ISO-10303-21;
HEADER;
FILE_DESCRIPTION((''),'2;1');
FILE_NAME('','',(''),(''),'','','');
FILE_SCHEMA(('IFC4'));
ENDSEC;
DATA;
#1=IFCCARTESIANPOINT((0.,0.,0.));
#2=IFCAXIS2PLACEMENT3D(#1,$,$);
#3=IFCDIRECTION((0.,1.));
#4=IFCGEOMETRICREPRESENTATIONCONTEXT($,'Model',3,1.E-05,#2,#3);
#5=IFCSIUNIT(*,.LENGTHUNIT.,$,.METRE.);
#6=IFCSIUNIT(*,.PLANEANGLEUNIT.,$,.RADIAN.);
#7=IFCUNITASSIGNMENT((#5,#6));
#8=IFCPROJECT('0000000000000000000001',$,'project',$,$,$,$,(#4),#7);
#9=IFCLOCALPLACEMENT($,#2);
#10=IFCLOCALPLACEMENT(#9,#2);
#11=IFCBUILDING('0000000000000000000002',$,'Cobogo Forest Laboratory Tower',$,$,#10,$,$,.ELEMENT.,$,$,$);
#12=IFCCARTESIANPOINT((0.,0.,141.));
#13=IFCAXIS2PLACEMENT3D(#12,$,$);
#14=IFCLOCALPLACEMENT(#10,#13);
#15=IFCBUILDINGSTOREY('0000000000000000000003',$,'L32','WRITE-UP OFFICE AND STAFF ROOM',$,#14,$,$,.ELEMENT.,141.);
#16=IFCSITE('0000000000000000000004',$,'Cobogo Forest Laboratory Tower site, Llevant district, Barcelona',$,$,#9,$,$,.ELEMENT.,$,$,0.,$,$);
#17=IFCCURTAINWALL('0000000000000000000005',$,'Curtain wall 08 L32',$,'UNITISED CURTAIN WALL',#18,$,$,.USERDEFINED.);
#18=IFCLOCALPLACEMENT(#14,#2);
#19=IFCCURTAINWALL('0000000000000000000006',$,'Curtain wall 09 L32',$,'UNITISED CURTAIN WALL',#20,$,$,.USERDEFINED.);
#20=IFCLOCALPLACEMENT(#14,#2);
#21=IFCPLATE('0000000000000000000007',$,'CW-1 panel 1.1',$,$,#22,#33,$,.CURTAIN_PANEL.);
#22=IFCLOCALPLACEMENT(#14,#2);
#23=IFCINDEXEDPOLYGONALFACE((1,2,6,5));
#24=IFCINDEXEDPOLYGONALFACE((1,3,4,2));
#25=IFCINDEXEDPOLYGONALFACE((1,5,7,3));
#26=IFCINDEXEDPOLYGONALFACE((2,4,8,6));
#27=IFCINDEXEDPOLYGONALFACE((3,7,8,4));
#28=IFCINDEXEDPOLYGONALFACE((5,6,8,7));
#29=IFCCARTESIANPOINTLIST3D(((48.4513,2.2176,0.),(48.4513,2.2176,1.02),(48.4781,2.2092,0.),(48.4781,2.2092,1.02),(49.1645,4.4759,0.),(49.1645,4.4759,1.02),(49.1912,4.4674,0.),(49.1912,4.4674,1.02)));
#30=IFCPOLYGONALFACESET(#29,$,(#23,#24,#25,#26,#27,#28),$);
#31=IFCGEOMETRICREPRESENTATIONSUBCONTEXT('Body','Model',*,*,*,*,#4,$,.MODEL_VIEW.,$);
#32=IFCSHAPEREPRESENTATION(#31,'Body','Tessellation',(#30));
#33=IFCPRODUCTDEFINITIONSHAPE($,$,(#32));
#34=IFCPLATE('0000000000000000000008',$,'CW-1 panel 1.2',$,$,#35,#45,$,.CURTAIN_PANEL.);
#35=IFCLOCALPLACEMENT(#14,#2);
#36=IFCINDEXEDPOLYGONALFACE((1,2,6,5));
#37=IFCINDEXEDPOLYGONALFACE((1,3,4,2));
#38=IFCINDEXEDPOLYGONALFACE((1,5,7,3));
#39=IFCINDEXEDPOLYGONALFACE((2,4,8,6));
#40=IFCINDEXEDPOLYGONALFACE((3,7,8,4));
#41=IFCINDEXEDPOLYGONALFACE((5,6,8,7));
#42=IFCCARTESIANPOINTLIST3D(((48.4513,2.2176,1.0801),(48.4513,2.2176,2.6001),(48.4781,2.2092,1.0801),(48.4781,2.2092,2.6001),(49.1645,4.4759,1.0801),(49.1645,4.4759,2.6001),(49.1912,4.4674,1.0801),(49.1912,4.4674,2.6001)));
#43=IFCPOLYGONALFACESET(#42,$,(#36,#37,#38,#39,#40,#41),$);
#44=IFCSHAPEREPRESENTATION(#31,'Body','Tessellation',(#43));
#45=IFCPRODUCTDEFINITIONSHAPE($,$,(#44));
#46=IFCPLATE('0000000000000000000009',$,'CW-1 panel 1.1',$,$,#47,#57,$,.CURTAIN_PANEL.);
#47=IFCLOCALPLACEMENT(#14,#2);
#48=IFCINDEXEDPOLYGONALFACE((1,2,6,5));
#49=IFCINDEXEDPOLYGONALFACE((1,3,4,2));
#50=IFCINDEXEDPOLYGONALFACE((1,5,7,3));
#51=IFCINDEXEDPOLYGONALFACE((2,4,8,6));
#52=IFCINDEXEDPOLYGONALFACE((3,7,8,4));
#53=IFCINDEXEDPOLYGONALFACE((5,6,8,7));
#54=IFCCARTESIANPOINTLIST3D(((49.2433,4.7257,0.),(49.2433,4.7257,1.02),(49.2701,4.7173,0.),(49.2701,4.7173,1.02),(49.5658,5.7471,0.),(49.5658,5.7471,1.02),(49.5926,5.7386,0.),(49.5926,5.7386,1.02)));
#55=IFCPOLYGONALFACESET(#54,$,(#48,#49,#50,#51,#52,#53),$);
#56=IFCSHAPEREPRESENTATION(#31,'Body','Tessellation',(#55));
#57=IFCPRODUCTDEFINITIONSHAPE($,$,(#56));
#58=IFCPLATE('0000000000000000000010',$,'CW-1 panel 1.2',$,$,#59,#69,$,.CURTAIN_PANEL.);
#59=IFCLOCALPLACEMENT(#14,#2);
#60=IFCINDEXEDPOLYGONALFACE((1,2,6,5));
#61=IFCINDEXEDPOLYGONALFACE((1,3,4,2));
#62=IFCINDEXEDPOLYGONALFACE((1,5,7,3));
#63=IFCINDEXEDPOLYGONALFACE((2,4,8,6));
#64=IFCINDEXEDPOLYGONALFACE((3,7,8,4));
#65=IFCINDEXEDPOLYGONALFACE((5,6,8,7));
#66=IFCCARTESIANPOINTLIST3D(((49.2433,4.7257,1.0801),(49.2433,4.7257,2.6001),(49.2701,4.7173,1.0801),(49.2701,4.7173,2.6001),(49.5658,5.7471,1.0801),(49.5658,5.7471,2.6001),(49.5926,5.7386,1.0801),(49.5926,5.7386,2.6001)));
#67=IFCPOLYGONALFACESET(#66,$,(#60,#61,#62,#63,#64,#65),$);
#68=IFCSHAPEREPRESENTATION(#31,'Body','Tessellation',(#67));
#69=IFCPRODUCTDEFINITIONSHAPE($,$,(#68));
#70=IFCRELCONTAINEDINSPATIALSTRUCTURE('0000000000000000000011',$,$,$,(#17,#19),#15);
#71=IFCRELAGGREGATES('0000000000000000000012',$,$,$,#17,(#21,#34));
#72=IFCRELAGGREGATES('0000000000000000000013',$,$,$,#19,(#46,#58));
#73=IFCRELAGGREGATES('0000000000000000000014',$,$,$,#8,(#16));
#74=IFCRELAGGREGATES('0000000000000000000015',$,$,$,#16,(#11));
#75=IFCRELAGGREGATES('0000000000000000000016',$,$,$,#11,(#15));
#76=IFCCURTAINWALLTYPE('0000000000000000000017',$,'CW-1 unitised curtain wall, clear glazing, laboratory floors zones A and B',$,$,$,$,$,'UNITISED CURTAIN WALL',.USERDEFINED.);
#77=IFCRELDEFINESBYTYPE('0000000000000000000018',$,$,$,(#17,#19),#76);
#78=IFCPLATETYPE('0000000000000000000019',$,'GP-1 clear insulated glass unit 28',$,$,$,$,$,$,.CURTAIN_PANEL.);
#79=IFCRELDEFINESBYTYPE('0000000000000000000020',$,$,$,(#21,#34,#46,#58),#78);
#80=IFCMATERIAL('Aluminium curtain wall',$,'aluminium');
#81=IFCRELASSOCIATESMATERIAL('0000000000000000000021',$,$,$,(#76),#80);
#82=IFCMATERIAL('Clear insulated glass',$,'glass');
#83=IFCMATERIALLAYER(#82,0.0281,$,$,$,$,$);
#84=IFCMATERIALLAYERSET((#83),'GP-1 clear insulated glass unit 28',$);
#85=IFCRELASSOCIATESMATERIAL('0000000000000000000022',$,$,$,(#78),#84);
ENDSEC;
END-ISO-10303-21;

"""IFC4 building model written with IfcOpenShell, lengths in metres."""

from ifc_helpers import new_model, si_unit, direction, frame, origin, origin_2d, place, context, subcontext, project, spatial, rectangle, extrude, material, layer, layer_set, type_object, element, aggregate, save


model = new_model("IFC4")

# Units and contexts
model_context = context("Model", 3, precision=1e-05, world=origin(), true_north=direction((0.0, 1.0)))
body_context = subcontext(model_context, "Body", "Model", "MODEL_VIEW")
ifc_project = project(units=[si_unit("LENGTHUNIT", "METRE"), si_unit("PLANEANGLEUNIT", "RADIAN")], contexts=[model_context])

# Site, building, storey
site_placement = place(None, origin())
site = spatial("IfcSite", under=ifc_project, at=site_placement, Name="Cobogo Forest Laboratory Tower site, Llevant district, Barcelona", CompositionType="ELEMENT", RefElevation=0.0)
building_placement = place(site_placement, origin())
building = spatial("IfcBuilding", under=site, at=building_placement, Name="Cobogo Forest Laboratory Tower", CompositionType="ELEMENT")
storey_placement = place(building_placement, frame((0.0, 0.0, 141.0)))
storey = spatial("IfcBuildingStorey", under=building, at=storey_placement, Name="L32", Description="WRITE-UP OFFICE AND STAFF ROOM", CompositionType="ELEMENT", Elevation=141.0)

# Shared definitions
ifc_material_1 = material(Name="Aluminium curtain wall", Category="aluminium")
curtain_wall_type = type_object("IfcCurtainWallType", Name="CW-1 unitised curtain wall, clear glazing, laboratory floors zones A and B", ElementType="UNITISED CURTAIN WALL", PredefinedType="USERDEFINED", material=ifc_material_1)

# Curtain walls
curtain_wall_1_placement = place(storey_placement, origin())
curtain_wall_1 = element("IfcCurtainWall", 1, at=curtain_wall_1_placement, inside=storey, type_object=curtain_wall_type, Name="Curtain wall 08 L32", ObjectType="UNITISED CURTAIN WALL", PredefinedType="USERDEFINED")
curtain_wall_2_placement = place(storey_placement, origin())
curtain_wall_2 = element("IfcCurtainWall", 2, at=curtain_wall_2_placement, inside=storey, type_object=curtain_wall_type, Name="Curtain wall 09 L32", ObjectType="UNITISED CURTAIN WALL", PredefinedType="USERDEFINED")

# Plates
ifc_material_2 = material(Name="Clear insulated glass", Category="glass")
ifc_layer = layer(ifc_material_2, 0.0281)
ifc_layer_set = layer_set([ifc_layer], Name="GP-1 clear insulated glass unit 28")
plate_type = type_object("IfcPlateType", Name="GP-1 clear insulated glass unit 28", PredefinedType="CURTAIN_PANEL", material=ifc_layer_set)
plate_1_placement = place(storey_placement, frame((48.8213, 3.3425, 0.0), z_axis=(0.0, 0.0, 1.0), x_axis=(0.301135, 0.953581, 0.0)))
plate_1 = element("IfcPlate", 3, at=plate_1_placement, type_object=plate_type, Name="CW-1 panel 1.1", PredefinedType="CURTAIN_PANEL", context=body_context, shape_type="SweptSolid", body=[
    extrude(rectangle(XDim=2.3682, YDim=0.0281, at=origin_2d()), origin(), (0.0, 0.0, 1.0), 1.02),
])
plate_2_placement = place(storey_placement, frame((48.8213, 3.3425, 1.0801), z_axis=(0.0, 0.0, 1.0), x_axis=(0.301135, 0.953581, 0.0)))
plate_2 = element("IfcPlate", 4, at=plate_2_placement, type_object=plate_type, Name="CW-1 panel 1.2", PredefinedType="CURTAIN_PANEL", context=body_context, shape_type="SweptSolid", body=[
    extrude(rectangle(XDim=2.3682, YDim=0.0281, at=origin_2d()), origin(), (0.0, 0.0, 1.0), 1.52),
])
aggregate(curtain_wall_1, [plate_1, plate_2])
plate_3_placement = place(storey_placement, frame((49.418, 5.2322, 0.0), z_axis=(0.0, 0.0, 1.0), x_axis=(0.301136, 0.953581, 0.0)))
plate_3 = element("IfcPlate", 5, at=plate_3_placement, type_object=plate_type, Name="CW-1 panel 1.1", PredefinedType="CURTAIN_PANEL", context=body_context, shape_type="SweptSolid", body=[
    extrude(rectangle(XDim=1.071, YDim=0.0281, at=origin_2d()), origin(), (0.0, 0.0, 1.0), 1.02),
])
plate_4_placement = place(storey_placement, frame((49.418, 5.2322, 1.0801), z_axis=(0.0, 0.0, 1.0), x_axis=(0.301136, 0.953581, 0.0)))
plate_4 = element("IfcPlate", 6, at=plate_4_placement, type_object=plate_type, Name="CW-1 panel 1.2", PredefinedType="CURTAIN_PANEL", context=body_context, shape_type="SweptSolid", body=[
    extrude(rectangle(XDim=1.071, YDim=0.0281, at=origin_2d()), origin(), (0.0, 0.0, 1.0), 1.52),
])
aggregate(curtain_wall_2, [plate_3, plate_4])

save(model, "model.ifc")
